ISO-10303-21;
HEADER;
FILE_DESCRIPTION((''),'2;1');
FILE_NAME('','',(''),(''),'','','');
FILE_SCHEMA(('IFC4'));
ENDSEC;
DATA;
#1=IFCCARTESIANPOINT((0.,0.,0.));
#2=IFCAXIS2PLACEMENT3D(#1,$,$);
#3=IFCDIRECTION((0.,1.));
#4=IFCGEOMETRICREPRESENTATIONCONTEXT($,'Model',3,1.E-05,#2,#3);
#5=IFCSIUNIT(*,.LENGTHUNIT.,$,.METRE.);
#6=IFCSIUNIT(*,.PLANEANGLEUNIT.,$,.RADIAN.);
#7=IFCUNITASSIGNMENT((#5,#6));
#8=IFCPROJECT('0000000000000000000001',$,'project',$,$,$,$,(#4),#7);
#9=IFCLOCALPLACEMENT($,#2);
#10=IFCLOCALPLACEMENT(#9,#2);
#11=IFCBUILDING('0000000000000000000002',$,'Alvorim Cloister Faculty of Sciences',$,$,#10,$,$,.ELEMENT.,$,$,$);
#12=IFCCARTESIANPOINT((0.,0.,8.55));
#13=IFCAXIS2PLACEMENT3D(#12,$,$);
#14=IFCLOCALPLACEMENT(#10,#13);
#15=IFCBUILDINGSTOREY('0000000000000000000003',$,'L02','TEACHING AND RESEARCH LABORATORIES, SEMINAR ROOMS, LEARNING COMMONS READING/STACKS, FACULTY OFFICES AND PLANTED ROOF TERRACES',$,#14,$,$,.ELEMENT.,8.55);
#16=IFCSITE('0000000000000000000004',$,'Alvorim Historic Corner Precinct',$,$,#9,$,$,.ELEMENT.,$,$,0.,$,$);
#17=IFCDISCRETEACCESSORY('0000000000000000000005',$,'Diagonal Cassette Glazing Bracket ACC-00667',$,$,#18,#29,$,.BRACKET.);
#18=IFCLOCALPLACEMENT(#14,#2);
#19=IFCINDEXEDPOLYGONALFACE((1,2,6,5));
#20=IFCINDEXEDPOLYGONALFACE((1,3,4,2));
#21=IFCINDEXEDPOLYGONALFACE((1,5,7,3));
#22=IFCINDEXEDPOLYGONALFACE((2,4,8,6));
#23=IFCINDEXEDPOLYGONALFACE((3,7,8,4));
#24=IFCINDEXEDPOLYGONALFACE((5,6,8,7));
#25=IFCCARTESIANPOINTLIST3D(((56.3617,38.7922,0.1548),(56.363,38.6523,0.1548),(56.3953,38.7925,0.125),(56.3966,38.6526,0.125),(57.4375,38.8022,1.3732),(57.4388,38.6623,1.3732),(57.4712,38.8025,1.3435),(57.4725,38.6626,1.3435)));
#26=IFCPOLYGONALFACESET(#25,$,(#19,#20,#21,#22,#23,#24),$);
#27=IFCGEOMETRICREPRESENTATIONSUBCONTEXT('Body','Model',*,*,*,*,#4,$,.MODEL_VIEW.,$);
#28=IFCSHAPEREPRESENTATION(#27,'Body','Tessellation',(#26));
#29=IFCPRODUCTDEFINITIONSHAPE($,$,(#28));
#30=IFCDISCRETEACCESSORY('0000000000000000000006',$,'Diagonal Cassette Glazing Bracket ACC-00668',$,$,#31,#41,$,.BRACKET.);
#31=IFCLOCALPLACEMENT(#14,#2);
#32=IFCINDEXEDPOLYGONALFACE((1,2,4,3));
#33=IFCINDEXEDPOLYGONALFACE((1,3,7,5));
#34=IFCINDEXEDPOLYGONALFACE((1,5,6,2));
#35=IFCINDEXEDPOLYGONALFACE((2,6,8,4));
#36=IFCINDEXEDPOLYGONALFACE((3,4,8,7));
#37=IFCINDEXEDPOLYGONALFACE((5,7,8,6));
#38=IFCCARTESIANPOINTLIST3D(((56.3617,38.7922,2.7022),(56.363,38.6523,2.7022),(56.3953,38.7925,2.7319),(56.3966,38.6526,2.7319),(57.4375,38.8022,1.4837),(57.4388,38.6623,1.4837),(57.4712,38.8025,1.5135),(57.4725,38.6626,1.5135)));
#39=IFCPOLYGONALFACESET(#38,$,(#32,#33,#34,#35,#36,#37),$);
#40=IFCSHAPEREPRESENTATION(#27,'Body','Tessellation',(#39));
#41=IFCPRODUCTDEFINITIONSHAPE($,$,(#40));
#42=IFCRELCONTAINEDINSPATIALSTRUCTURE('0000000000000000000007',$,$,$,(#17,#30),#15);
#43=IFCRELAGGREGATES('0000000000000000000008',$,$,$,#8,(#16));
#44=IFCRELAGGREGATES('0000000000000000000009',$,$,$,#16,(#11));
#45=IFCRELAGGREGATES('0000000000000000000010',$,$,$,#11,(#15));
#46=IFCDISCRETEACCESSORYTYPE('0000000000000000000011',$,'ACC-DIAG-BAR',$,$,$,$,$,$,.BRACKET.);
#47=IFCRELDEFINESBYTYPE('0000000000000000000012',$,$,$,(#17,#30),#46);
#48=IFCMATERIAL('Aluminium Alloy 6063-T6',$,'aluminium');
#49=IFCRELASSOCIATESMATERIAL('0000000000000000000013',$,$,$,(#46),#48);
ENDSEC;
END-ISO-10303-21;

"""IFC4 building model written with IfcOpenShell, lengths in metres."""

from ifc_helpers import new_model, si_unit, direction, frame, origin, origin_2d, place, context, subcontext, project, spatial, rectangle, extrude, material, type_object, element, save


model = new_model("IFC4")

# Units and contexts
model_context = context("Model", 3, precision=1e-05, world=origin(), true_north=direction((0.0, 1.0)))
body_context = subcontext(model_context, "Body", "Model", "MODEL_VIEW")
ifc_project = project(units=[si_unit("LENGTHUNIT", "METRE"), si_unit("PLANEANGLEUNIT", "RADIAN")], contexts=[model_context])

# Site, building, storey
site_placement = place(None, origin())
site = spatial("IfcSite", under=ifc_project, at=site_placement, Name="Alvorim Historic Corner Precinct", CompositionType="ELEMENT", RefElevation=0.0)
building_placement = place(site_placement, origin())
building = spatial("IfcBuilding", under=site, at=building_placement, Name="Alvorim Cloister Faculty of Sciences", CompositionType="ELEMENT")
storey_placement = place(building_placement, frame((0.0, 0.0, 8.55)))
storey = spatial("IfcBuildingStorey", under=building, at=storey_placement, Name="L02", Description="TEACHING AND RESEARCH LABORATORIES, SEMINAR ROOMS, LEARNING COMMONS READING/STACKS, FACULTY OFFICES AND PLANTED ROOF TERRACES", CompositionType="ELEMENT", Elevation=8.55)

# Discrete accessories
ifc_material_1 = material(Name="Aluminium Alloy 6063-T6", Category="aluminium")
discrete_accessory_type = type_object("IfcDiscreteAccessoryType", Name="ACC-DIAG-BAR", PredefinedType="BRACKET", material=ifc_material_1)
for number, where, z_axis, x_axis, name in (
    (1, (56.3792, 38.7224, 0.1399), (0.661877, 0.006158, 0.749587), (-0.009303, 0.999957, 0.0), "Diagonal Cassette Glazing Bracket ACC-00667"),
    (2, (56.3792, 38.7224, 2.717), (0.661877, 0.006158, -0.749587), (-0.009303, 0.999957, 0.0), "Diagonal Cassette Glazing Bracket ACC-00668"),
):
    element("IfcDiscreteAccessory", number, at=place(storey_placement, frame(where, z_axis=z_axis, x_axis=x_axis)), inside=storey, type_object=discrete_accessory_type, Name=name, PredefinedType="BRACKET", context=body_context, shape_type="SweptSolid", body=[
        extrude(rectangle(XDim=0.1399, YDim=0.0449, at=origin_2d()), origin(), (0.0, 0.0, 1.0), 1.6255),
    ])

save(model, "model.ifc")
